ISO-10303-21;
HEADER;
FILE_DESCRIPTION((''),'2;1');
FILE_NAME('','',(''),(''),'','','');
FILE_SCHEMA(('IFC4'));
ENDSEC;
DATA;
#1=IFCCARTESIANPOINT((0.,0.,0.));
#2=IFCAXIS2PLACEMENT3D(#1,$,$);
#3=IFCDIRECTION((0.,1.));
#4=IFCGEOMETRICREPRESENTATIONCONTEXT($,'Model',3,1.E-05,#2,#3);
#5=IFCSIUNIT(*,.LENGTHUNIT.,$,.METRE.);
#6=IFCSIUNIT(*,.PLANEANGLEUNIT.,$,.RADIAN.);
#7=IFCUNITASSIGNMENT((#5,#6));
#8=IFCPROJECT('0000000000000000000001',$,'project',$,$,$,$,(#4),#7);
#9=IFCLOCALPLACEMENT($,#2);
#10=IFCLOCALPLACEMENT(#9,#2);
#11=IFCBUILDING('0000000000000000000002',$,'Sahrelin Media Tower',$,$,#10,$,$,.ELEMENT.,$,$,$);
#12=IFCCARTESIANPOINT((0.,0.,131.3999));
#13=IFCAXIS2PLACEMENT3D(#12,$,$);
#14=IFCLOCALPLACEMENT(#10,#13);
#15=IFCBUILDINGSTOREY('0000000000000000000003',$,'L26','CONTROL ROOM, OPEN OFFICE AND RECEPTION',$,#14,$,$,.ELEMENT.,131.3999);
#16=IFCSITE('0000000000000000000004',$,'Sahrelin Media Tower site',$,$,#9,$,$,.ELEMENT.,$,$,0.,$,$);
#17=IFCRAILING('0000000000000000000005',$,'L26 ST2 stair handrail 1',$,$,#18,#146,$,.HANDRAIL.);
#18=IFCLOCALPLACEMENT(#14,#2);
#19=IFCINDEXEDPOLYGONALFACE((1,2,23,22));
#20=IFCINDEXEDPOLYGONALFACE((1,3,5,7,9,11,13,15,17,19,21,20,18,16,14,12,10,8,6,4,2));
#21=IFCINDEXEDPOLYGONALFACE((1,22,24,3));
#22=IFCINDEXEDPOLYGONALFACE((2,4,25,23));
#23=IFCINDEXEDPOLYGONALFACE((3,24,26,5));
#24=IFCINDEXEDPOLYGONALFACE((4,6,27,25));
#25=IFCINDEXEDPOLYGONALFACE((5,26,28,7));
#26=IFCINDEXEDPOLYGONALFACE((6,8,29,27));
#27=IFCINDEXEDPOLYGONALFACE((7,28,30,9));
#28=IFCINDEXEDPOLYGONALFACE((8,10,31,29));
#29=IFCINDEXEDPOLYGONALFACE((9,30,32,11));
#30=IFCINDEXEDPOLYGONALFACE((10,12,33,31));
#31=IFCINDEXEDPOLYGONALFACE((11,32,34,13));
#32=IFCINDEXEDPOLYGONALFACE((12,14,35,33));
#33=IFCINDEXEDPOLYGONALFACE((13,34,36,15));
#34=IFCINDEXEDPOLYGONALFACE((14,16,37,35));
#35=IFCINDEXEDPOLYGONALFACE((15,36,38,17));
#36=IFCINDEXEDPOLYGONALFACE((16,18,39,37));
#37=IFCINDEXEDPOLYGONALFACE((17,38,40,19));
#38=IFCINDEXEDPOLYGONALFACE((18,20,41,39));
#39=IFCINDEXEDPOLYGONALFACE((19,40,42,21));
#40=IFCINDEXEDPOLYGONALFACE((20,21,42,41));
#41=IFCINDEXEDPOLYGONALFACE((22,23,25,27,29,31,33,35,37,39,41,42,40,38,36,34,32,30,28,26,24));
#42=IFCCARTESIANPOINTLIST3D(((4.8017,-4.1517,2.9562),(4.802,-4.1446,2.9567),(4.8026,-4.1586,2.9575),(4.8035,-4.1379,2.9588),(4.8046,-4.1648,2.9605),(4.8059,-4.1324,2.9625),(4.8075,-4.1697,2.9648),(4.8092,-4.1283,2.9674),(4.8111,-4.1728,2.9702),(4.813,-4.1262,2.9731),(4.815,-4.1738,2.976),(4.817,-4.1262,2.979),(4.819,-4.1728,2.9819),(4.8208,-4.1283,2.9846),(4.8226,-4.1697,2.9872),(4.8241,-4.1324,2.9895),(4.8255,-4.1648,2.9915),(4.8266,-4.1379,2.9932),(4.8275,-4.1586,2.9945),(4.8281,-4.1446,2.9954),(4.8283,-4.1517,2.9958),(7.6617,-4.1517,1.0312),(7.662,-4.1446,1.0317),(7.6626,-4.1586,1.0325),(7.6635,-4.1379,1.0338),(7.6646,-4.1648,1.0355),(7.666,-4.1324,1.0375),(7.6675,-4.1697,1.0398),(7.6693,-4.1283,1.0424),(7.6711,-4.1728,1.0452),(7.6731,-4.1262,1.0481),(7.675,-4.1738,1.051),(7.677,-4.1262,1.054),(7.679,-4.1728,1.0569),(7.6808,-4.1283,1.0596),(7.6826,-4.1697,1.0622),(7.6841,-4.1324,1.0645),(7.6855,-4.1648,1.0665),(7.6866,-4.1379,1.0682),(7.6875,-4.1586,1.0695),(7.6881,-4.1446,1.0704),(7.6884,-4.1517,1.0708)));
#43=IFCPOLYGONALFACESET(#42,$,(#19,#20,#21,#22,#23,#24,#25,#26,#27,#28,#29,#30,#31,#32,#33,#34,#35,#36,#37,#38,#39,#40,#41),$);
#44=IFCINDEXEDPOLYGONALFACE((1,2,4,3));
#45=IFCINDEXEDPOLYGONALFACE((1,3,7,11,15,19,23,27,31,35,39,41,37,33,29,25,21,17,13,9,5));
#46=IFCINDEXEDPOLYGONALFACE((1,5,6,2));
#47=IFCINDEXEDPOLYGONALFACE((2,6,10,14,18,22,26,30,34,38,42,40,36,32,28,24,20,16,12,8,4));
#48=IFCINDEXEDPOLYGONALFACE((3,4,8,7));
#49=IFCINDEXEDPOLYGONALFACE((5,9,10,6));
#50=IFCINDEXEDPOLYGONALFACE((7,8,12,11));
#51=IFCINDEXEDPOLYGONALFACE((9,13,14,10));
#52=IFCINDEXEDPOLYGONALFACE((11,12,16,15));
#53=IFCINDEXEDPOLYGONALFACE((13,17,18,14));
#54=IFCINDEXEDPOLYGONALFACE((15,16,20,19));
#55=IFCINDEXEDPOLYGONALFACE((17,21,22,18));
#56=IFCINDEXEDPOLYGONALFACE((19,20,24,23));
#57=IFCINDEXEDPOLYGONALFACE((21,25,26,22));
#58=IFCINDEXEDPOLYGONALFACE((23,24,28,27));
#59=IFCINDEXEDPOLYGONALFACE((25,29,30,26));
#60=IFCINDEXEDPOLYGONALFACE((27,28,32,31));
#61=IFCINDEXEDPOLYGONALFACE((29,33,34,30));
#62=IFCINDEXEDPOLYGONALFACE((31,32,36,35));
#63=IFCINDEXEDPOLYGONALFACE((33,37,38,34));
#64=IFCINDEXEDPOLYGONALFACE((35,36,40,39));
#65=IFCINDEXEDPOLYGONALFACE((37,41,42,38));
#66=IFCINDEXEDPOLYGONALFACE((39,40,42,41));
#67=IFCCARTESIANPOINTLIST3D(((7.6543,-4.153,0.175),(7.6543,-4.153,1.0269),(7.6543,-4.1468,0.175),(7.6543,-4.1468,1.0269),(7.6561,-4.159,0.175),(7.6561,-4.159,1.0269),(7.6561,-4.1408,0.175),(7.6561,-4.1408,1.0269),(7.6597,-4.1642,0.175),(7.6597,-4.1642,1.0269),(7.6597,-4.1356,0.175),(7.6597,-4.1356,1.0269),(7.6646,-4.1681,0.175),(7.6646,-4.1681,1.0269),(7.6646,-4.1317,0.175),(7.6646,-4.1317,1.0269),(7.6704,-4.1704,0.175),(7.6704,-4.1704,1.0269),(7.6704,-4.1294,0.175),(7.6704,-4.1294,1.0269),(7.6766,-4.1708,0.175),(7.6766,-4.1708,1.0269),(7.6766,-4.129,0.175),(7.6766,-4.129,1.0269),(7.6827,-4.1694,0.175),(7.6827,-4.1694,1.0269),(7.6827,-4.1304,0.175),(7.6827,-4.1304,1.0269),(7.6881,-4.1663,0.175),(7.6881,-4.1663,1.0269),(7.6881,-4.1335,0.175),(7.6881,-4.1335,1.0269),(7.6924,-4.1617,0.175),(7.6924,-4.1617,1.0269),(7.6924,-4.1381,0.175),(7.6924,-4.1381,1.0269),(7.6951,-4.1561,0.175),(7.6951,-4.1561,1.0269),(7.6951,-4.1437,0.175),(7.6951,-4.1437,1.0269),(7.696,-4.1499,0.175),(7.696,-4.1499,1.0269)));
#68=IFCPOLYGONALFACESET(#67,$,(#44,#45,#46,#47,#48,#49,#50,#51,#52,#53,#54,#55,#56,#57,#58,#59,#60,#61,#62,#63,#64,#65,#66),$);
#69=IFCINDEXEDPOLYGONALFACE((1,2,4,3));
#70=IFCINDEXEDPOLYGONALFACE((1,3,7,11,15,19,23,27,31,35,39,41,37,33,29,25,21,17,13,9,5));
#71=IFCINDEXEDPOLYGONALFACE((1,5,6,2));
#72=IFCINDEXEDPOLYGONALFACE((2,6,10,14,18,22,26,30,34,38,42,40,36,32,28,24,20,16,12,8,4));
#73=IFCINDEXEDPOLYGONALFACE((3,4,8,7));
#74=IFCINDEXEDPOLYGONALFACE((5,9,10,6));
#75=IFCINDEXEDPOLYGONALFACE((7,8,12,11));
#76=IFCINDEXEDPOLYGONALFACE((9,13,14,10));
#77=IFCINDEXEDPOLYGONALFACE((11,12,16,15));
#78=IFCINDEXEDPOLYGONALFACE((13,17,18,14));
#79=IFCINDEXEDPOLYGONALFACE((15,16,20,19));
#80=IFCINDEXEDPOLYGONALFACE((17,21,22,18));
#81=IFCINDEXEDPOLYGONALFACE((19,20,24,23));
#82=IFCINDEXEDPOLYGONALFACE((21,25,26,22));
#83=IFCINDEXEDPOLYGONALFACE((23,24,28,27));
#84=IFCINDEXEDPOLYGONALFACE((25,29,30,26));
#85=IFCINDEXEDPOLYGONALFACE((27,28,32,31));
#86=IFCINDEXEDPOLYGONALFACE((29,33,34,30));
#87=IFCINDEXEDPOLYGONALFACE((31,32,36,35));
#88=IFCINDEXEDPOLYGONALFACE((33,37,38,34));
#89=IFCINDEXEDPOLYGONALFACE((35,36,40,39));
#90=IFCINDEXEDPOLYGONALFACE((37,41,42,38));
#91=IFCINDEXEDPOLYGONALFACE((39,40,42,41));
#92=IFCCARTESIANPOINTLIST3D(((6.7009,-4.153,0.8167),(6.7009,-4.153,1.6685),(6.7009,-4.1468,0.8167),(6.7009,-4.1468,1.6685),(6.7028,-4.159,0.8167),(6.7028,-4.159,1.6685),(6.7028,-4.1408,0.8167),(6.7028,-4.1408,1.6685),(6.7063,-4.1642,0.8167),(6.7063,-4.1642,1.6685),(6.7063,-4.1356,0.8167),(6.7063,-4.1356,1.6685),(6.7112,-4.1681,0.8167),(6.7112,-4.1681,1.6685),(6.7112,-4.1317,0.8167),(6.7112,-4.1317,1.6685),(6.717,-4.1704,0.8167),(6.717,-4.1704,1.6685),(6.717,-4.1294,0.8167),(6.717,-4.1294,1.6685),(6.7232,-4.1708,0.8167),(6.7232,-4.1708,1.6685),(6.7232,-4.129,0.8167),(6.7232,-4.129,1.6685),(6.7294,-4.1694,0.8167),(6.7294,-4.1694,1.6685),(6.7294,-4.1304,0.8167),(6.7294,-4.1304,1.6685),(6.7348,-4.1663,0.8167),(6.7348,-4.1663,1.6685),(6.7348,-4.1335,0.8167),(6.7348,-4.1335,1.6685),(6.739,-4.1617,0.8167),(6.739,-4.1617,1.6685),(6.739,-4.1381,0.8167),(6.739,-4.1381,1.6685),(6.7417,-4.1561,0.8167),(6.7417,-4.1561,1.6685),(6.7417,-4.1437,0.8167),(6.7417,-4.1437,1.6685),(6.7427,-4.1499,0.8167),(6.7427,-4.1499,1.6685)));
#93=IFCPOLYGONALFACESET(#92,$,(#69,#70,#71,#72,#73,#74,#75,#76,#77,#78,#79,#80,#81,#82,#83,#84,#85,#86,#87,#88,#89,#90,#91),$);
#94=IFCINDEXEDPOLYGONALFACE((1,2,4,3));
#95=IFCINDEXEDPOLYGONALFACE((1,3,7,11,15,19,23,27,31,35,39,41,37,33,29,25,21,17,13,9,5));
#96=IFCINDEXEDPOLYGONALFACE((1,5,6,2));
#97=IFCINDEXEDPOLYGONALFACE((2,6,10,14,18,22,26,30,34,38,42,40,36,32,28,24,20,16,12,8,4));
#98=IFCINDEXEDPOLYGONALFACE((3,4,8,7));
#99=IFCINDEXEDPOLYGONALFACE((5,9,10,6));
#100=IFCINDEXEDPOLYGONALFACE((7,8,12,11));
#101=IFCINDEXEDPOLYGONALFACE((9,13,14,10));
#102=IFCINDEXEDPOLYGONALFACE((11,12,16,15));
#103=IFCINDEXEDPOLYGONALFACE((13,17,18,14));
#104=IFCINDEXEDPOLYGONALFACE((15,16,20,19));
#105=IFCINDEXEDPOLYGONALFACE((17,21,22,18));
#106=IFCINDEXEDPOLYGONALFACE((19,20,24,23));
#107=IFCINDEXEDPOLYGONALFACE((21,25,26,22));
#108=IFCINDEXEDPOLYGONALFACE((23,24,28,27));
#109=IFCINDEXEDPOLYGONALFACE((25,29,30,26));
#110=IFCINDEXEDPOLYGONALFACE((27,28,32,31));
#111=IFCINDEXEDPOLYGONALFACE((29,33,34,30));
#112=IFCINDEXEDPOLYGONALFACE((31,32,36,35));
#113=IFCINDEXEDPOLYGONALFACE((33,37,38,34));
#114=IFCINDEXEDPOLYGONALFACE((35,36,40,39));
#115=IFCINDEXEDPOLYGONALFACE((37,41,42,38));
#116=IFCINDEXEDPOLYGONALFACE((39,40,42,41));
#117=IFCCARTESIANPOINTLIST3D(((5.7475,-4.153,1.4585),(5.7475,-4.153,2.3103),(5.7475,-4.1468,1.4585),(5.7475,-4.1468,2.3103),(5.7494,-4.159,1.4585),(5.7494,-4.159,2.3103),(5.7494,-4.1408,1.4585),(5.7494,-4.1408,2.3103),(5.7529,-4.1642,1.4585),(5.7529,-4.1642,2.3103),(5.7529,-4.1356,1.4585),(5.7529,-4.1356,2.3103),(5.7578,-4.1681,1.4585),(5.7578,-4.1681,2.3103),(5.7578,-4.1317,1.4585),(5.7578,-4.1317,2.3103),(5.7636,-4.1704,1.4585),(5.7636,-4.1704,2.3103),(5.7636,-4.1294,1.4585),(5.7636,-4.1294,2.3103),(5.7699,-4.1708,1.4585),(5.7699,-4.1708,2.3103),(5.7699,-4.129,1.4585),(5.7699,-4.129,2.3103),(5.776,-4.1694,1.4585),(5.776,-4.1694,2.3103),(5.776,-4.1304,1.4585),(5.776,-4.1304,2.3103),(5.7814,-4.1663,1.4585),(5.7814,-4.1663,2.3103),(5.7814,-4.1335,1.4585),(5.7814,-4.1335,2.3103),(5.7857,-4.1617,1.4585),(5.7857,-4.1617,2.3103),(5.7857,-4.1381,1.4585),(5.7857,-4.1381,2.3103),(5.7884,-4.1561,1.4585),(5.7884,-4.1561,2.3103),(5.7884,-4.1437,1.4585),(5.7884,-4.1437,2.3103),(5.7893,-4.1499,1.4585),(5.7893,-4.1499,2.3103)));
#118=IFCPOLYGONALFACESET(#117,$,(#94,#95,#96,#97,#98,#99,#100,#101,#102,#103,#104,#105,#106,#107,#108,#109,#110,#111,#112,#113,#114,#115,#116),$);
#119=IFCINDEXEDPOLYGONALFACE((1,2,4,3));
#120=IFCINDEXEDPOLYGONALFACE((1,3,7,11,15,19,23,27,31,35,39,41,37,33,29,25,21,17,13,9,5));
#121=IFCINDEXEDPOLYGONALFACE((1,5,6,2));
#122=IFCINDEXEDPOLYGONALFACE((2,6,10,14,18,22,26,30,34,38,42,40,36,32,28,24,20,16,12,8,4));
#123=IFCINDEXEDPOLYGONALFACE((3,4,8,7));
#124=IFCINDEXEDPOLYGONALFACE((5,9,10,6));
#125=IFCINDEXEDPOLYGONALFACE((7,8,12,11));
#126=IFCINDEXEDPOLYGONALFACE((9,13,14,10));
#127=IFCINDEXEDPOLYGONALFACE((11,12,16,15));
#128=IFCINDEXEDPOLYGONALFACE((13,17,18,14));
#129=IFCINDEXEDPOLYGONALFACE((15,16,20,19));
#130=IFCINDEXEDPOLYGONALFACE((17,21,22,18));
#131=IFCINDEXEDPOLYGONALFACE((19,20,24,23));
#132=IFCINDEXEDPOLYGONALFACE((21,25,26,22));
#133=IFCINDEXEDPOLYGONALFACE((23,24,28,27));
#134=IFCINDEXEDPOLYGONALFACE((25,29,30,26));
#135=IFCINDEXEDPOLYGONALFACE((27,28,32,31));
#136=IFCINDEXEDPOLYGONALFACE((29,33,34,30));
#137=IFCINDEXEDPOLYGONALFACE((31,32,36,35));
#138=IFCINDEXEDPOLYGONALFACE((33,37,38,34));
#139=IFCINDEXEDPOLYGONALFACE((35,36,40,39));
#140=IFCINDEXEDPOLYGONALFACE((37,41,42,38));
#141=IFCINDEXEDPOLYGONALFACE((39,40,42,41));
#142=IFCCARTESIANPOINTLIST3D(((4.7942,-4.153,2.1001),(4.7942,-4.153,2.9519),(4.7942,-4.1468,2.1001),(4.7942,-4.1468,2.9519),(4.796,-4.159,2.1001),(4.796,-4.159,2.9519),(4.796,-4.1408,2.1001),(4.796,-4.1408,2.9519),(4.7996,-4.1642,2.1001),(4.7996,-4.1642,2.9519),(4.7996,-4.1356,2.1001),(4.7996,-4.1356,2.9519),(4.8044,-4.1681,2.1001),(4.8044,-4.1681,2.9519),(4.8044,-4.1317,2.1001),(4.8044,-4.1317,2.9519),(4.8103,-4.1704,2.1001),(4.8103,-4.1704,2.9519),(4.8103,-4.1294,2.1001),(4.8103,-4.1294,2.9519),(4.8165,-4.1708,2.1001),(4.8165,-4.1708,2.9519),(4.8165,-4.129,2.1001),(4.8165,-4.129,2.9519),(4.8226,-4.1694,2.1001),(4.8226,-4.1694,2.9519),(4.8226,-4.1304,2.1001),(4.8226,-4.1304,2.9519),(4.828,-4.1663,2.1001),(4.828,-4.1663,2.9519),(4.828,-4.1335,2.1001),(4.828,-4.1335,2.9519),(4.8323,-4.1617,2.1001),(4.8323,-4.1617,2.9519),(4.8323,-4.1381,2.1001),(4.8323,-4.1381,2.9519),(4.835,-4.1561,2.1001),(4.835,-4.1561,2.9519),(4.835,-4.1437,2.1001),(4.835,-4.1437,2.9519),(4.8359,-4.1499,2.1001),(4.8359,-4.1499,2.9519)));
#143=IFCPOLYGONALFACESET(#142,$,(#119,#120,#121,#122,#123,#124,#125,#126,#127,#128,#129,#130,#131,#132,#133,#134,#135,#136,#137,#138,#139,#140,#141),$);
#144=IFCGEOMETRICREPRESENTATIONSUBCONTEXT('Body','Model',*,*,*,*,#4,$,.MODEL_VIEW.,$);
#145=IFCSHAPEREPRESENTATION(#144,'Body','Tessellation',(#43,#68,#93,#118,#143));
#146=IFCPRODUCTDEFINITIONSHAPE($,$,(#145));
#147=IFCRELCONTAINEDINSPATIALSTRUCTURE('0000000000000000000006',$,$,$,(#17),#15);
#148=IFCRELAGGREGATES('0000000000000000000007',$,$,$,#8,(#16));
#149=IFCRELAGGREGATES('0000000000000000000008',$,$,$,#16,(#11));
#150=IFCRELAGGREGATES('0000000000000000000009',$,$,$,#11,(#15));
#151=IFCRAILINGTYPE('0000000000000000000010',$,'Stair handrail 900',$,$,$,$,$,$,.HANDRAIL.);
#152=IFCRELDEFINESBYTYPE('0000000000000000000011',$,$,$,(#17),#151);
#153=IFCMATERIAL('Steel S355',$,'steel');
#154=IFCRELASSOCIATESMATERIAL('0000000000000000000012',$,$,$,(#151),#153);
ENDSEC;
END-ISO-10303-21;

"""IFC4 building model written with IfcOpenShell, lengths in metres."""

from ifc_helpers import new_model, si_unit, direction, frame, origin, origin_2d, place, context, subcontext, project, spatial, circle, extrude, material, type_object, element, save


model = new_model("IFC4")

# Units and contexts
model_context = context("Model", 3, precision=1e-05, world=origin(), true_north=direction((0.0, 1.0)))
body_context = subcontext(model_context, "Body", "Model", "MODEL_VIEW")
ifc_project = project(units=[si_unit("LENGTHUNIT", "METRE"), si_unit("PLANEANGLEUNIT", "RADIAN")], contexts=[model_context])

# Site, building, storey
site_placement = place(None, origin())
site = spatial("IfcSite", under=ifc_project, at=site_placement, Name="Sahrelin Media Tower site", CompositionType="ELEMENT", RefElevation=0.0)
building_placement = place(site_placement, origin())
building = spatial("IfcBuilding", under=site, at=building_placement, Name="Sahrelin Media Tower", CompositionType="ELEMENT")
storey_placement = place(building_placement, frame((0.0, 0.0, 131.3999)))
storey = spatial("IfcBuildingStorey", under=building, at=storey_placement, Name="L26", Description="CONTROL ROOM, OPEN OFFICE AND RECEPTION", CompositionType="ELEMENT", Elevation=131.3999)

# Shared definitions
ifc_material_1 = material(Name="Steel S355", Category="steel")

# Railing
railing_type_1 = type_object("IfcRailingType", Name="Stair handrail 900", PredefinedType="HANDRAIL", material=ifc_material_1)
railing_1_placement = place(storey_placement, frame((7.675, -4.1499, 0.175)))
element("IfcRailing", 1, at=railing_1_placement, inside=storey, type_object=railing_type_1, Name="L26 ST2 stair handrail 1", PredefinedType="HANDRAIL", context=body_context, shape_type="SweptSolid", body=[
    extrude(circle(Radius=0.0239, at=origin_2d()), frame((0.0, 0.0, 0.876), z_axis=(-0.829591, 0.0, 0.558372), x_axis=(0.0, -1.0, 0.0)), (0.0, 0.0, 1.0), 3.4475),
    extrude(circle(Radius=0.021, at=origin_2d()), origin(), (0.0, 0.0, 1.0), 0.8518),
    extrude(circle(Radius=0.021, at=origin_2d()), frame((-0.9534, 0.0, 0.6416)), (0.0, 0.0, 1.0), 0.8518),
    extrude(circle(Radius=0.021, at=origin_2d()), frame((-1.9067, 0.0, 1.2834)), (0.0, 0.0, 1.0), 0.8518),
    extrude(circle(Radius=0.021, at=origin_2d()), frame((-2.8601, 0.0, 1.925)), (0.0, 0.0, 1.0), 0.8518),
])

save(model, "model.ifc")
